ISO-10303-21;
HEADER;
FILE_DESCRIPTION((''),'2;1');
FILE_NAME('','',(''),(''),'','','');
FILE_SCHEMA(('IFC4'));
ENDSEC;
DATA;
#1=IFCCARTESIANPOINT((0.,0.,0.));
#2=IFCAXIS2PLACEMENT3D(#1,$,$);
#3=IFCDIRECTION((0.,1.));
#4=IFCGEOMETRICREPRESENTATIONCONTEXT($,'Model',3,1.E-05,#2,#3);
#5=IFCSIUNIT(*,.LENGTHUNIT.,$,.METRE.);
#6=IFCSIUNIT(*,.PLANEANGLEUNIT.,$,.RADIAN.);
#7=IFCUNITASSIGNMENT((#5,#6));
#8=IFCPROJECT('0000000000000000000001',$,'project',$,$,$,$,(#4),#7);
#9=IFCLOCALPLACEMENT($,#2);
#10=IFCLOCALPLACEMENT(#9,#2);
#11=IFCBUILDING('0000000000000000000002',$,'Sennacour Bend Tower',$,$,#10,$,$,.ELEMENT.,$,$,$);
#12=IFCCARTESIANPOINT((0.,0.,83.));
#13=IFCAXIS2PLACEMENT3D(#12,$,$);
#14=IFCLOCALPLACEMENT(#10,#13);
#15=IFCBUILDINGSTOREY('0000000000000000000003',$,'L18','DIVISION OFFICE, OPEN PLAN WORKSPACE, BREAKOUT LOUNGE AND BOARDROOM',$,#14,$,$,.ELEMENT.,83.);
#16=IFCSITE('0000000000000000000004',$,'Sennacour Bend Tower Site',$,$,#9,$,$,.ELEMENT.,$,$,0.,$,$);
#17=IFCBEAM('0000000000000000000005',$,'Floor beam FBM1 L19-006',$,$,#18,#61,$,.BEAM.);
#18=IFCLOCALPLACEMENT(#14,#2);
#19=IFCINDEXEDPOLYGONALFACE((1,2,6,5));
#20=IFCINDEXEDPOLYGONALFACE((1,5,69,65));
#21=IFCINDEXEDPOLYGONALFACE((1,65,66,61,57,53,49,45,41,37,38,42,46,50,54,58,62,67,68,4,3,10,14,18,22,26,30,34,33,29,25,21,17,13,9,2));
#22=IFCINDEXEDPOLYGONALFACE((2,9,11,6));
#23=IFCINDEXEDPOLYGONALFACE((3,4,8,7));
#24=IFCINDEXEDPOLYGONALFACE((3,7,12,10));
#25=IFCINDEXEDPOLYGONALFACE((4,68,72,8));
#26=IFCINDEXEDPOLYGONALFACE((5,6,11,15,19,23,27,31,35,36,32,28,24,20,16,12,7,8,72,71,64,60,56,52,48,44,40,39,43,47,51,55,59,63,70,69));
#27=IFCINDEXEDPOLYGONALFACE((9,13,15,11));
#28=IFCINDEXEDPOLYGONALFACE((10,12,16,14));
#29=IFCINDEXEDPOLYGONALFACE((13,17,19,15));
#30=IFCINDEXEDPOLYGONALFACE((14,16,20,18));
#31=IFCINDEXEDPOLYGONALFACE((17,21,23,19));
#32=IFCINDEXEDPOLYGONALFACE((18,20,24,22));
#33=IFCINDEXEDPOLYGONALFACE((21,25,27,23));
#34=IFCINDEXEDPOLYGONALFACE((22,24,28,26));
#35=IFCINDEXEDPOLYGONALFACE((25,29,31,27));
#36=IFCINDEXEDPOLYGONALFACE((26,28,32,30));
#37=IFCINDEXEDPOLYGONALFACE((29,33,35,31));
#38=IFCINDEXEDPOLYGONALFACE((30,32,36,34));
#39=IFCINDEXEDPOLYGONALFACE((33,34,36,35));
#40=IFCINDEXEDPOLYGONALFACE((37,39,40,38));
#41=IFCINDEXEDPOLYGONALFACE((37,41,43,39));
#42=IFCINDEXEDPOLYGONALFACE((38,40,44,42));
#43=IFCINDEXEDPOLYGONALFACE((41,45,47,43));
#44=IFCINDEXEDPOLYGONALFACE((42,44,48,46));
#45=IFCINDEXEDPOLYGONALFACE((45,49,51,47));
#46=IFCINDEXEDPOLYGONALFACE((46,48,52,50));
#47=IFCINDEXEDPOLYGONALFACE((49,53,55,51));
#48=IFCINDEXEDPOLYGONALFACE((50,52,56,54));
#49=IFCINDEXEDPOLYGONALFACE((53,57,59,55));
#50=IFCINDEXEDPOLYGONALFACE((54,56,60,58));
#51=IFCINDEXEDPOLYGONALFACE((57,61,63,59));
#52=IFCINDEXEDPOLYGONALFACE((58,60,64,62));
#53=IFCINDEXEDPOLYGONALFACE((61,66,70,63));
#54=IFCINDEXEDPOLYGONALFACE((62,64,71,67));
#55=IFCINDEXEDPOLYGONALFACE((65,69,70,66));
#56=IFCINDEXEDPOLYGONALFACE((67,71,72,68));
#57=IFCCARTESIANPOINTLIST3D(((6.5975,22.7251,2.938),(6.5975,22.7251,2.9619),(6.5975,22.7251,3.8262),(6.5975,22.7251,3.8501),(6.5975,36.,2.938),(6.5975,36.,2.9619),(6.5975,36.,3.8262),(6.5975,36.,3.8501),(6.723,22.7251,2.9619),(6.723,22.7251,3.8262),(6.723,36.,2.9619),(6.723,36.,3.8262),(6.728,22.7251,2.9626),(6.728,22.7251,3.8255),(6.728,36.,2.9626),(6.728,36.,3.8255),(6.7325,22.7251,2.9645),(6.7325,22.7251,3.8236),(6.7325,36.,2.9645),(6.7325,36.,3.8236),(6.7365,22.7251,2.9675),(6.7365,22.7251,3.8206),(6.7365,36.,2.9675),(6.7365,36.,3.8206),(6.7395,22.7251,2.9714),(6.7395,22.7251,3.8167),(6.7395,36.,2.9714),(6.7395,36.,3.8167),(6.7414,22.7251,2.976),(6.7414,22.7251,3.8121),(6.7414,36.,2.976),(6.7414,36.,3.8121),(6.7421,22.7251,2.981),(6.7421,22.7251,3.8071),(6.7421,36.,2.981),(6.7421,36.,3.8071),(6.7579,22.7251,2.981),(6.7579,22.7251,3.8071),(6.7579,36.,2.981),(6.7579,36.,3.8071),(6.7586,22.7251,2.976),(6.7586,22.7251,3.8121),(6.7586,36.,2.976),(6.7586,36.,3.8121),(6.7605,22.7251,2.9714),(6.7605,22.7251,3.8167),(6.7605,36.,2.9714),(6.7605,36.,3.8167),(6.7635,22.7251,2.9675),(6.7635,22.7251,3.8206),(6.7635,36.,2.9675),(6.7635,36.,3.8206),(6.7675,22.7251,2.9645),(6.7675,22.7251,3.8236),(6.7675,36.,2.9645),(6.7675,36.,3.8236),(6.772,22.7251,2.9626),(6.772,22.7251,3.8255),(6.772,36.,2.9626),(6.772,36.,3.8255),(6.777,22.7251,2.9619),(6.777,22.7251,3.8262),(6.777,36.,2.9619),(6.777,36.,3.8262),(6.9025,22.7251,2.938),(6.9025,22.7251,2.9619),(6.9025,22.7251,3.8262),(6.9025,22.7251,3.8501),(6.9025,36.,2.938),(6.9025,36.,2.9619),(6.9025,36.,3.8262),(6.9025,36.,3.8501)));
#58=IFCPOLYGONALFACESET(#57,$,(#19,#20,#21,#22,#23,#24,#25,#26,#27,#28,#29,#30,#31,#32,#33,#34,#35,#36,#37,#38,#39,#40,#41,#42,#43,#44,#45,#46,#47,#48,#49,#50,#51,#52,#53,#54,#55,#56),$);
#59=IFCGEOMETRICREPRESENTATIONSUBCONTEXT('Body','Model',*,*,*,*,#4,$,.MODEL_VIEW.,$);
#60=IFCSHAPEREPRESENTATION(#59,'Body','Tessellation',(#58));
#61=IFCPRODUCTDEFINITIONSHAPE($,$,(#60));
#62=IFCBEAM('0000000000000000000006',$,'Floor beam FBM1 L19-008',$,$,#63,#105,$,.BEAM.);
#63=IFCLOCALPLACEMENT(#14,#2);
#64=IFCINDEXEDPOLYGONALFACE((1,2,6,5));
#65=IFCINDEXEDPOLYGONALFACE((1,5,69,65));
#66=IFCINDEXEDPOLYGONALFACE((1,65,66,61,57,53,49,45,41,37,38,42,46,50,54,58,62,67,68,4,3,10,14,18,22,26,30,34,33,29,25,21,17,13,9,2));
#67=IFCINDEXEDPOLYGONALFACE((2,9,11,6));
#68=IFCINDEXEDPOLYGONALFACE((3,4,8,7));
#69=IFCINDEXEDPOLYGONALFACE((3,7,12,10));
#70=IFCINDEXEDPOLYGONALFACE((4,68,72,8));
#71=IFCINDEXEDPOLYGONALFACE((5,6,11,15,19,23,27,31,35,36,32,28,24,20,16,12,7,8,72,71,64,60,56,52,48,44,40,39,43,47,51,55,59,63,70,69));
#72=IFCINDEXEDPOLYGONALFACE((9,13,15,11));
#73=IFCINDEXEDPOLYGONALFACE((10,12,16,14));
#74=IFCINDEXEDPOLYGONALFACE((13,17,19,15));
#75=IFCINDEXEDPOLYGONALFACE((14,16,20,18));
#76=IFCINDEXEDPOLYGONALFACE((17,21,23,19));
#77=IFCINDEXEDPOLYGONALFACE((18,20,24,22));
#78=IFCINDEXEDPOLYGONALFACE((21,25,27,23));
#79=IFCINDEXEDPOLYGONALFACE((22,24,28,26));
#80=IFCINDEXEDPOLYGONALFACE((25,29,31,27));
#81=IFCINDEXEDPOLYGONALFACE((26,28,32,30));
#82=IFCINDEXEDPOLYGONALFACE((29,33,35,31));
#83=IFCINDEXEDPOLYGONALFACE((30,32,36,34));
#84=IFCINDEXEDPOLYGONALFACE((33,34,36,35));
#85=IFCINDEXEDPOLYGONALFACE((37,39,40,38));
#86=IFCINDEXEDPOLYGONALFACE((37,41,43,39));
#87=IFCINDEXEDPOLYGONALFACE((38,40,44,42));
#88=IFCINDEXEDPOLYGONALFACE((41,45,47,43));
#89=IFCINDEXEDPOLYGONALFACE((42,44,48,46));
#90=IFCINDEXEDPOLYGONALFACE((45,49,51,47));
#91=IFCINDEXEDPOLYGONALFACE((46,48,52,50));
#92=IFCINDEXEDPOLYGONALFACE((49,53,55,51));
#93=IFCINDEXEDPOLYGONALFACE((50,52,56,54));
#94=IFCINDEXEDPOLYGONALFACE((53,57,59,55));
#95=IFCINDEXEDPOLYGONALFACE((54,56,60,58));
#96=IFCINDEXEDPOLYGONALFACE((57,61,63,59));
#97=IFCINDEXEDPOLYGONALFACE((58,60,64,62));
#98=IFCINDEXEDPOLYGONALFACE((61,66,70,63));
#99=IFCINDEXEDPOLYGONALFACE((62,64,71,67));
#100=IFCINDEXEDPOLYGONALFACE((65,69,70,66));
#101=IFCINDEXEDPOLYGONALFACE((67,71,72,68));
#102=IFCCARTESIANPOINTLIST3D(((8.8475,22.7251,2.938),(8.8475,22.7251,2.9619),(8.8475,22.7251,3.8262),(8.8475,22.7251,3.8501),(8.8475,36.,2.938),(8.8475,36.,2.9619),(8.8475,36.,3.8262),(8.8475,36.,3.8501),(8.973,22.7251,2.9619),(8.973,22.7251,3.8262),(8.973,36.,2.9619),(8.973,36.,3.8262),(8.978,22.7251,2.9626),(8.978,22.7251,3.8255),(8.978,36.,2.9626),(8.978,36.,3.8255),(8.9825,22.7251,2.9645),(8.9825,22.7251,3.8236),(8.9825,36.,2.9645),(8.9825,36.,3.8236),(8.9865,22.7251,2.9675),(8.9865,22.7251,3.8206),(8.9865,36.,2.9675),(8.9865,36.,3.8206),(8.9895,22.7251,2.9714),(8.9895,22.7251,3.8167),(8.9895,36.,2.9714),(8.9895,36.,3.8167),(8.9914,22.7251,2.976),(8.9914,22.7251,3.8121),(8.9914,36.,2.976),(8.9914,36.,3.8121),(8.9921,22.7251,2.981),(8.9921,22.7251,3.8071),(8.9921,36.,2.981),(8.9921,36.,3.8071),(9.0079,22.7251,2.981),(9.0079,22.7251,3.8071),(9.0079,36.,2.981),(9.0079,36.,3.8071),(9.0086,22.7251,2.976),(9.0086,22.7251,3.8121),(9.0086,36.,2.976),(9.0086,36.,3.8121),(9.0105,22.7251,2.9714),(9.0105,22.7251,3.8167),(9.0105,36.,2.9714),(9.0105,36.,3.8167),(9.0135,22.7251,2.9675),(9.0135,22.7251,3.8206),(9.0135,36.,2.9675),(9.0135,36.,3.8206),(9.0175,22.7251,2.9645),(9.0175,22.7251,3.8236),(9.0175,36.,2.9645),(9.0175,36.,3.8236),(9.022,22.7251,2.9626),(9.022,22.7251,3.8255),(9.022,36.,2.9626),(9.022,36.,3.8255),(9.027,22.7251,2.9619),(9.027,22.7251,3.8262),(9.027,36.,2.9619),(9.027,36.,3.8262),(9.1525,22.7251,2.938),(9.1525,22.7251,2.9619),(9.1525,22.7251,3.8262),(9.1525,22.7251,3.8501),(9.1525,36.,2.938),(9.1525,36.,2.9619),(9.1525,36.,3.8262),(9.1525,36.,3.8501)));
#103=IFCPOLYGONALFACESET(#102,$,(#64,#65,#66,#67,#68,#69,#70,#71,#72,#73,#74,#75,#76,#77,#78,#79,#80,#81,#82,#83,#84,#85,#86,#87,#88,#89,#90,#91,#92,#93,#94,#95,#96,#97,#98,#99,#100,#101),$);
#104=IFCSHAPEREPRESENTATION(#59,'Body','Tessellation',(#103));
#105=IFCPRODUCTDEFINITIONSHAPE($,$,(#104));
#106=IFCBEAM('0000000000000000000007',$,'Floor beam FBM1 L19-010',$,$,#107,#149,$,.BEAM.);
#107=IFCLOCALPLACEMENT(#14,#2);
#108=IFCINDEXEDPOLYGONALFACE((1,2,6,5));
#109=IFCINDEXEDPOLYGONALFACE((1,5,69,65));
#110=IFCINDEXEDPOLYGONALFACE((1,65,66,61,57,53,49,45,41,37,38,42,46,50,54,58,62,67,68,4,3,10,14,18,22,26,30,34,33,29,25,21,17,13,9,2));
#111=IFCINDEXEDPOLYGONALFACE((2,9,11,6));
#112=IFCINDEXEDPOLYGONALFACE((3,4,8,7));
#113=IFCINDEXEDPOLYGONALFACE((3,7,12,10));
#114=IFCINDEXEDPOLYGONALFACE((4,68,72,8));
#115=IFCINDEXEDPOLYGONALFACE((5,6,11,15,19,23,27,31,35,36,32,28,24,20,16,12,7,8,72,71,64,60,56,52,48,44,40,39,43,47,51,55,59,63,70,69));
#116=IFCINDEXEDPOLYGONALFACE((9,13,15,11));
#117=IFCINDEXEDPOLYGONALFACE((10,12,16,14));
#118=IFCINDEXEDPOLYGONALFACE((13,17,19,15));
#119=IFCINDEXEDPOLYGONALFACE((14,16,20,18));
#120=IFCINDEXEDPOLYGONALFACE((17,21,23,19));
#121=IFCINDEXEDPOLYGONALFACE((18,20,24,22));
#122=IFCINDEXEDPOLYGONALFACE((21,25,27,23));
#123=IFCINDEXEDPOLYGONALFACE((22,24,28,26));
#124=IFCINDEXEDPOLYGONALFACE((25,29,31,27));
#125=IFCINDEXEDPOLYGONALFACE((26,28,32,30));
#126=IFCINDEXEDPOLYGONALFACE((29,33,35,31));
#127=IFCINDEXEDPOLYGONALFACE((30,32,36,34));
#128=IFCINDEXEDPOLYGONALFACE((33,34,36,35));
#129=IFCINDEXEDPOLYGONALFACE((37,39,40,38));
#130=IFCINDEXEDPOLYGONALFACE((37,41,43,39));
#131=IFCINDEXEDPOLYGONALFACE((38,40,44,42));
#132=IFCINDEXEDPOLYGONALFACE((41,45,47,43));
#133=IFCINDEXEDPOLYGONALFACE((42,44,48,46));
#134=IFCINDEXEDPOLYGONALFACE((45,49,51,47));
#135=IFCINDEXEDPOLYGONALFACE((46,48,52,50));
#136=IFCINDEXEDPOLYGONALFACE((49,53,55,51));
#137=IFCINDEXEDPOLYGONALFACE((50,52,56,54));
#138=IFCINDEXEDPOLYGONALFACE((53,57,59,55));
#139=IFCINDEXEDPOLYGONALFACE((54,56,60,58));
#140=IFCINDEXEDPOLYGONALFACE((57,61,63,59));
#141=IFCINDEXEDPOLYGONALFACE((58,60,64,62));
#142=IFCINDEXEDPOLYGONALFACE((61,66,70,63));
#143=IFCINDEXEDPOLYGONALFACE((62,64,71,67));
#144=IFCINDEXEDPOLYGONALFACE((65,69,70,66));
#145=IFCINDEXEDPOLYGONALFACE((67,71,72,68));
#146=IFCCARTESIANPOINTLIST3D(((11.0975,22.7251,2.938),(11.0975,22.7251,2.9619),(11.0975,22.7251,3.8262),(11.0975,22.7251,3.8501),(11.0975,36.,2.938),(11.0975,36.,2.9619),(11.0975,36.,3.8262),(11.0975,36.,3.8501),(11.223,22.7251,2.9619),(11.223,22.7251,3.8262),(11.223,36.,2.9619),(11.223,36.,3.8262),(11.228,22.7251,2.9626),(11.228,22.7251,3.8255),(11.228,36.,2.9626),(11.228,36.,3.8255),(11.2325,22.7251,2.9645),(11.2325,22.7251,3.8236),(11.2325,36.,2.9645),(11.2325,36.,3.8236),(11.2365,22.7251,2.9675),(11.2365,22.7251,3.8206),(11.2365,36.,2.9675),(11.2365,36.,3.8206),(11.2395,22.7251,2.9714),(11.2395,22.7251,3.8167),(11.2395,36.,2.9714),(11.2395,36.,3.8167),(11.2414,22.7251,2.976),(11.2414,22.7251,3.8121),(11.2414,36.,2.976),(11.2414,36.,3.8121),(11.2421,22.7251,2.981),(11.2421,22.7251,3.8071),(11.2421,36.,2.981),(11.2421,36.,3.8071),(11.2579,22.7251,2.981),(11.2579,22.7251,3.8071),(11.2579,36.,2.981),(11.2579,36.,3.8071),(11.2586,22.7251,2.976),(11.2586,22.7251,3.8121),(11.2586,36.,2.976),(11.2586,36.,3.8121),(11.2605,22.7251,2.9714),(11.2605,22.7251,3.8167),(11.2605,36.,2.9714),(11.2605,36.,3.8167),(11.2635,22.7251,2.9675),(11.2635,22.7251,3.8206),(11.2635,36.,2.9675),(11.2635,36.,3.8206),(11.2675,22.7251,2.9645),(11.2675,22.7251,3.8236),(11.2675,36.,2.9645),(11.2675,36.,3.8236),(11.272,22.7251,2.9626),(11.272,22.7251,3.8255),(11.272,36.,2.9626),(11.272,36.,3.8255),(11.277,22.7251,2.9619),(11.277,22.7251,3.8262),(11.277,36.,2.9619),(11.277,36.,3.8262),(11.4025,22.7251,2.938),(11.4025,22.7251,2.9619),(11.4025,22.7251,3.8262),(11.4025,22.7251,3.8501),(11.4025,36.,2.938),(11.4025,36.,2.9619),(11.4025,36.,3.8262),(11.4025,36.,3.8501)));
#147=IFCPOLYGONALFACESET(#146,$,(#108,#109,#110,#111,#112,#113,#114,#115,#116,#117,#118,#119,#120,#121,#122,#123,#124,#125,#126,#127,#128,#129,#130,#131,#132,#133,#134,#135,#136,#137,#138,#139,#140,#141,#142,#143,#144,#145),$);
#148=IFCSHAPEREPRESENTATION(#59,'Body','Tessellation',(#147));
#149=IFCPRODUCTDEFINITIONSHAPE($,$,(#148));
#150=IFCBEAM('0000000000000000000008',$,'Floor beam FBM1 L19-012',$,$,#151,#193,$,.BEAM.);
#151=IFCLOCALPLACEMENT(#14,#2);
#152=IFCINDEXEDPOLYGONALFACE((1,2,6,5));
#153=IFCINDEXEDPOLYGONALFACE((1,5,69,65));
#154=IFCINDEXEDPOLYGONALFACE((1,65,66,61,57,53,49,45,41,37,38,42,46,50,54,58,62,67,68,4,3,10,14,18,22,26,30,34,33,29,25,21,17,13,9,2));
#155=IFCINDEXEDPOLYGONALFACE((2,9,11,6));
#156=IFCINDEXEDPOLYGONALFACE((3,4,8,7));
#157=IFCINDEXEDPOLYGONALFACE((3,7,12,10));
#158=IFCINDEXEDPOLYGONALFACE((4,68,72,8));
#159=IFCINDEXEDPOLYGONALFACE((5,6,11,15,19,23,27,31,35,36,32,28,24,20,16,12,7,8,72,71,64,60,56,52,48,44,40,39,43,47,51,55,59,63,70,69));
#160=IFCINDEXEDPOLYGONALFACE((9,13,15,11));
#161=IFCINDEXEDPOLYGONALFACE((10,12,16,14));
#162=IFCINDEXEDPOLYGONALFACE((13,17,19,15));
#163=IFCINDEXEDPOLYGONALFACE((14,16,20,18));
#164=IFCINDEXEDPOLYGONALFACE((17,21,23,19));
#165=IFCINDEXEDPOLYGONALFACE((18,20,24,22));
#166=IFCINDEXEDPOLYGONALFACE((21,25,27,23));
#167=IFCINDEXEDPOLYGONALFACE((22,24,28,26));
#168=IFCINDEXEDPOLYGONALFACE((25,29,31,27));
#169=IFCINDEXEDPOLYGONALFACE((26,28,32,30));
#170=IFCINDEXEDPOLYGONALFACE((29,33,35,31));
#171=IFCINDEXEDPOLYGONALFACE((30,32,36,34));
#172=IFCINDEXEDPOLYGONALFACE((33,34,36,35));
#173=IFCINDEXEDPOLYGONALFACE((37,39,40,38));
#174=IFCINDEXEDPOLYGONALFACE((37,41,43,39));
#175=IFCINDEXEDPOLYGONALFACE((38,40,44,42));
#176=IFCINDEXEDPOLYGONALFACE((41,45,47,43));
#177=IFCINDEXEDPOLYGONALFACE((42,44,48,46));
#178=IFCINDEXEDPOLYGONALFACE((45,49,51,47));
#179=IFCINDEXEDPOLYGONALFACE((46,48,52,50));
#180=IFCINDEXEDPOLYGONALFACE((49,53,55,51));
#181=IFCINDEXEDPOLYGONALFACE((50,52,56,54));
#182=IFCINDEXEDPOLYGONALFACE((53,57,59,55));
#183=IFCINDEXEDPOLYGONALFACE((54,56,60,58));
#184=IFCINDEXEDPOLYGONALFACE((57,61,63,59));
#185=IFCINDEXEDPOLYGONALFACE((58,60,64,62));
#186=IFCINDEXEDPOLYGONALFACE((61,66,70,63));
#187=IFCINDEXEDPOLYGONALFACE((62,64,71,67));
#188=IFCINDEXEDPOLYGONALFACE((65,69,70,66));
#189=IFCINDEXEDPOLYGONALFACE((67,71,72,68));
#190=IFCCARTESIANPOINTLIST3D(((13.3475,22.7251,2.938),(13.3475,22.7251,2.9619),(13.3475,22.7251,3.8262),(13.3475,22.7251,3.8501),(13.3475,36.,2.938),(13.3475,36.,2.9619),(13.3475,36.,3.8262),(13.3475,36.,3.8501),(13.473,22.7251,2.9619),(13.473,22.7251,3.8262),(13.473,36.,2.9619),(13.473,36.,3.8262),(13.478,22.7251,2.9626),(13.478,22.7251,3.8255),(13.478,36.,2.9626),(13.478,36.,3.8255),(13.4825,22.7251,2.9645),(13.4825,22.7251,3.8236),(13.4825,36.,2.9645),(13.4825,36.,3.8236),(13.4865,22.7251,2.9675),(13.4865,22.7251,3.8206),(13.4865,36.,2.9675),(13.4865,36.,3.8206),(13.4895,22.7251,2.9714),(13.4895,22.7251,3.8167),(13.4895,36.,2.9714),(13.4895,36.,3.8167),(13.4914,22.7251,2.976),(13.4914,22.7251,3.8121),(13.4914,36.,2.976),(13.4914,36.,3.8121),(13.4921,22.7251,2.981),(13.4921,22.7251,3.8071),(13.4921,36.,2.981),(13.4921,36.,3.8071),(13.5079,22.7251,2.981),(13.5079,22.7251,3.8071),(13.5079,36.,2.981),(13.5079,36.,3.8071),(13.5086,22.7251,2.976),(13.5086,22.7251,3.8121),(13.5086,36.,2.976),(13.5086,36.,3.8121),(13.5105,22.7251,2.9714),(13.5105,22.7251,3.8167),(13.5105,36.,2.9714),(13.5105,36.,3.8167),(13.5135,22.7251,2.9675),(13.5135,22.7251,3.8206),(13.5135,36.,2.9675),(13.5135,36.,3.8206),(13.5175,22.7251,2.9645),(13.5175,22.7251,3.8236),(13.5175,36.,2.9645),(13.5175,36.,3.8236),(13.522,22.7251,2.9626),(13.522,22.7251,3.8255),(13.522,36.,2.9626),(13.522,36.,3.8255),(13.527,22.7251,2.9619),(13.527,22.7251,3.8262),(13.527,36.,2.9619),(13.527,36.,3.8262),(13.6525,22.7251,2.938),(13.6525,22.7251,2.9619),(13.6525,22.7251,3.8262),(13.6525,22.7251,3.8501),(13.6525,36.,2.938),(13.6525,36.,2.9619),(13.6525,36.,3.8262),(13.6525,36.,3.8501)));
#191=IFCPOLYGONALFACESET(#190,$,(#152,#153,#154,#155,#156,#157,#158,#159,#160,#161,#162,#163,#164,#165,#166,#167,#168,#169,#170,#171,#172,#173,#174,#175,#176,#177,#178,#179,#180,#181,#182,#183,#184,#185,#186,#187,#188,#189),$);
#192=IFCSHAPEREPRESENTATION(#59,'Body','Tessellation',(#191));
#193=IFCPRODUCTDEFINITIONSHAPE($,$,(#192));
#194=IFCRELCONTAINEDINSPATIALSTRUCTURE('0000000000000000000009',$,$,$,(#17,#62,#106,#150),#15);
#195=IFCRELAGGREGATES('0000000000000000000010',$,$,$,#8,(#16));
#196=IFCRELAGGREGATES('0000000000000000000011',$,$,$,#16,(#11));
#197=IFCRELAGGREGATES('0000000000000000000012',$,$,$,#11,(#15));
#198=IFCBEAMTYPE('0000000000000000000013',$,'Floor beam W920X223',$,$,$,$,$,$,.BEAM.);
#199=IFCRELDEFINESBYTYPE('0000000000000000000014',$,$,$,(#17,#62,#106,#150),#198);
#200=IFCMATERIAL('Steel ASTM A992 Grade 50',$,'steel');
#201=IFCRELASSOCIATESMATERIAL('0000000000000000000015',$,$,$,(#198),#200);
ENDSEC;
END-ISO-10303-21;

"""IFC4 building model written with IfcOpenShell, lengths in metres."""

from ifc_helpers import new_model, si_unit, direction, frame, origin, origin_2d, place, context, subcontext, project, spatial, i_section, extrude, material, material_profile, profile_set, type_object, element, save


model = new_model("IFC4")

# Units and contexts
model_context = context("Model", 3, precision=1e-05, world=origin(), true_north=direction((0.0, 1.0)))
body_context = subcontext(model_context, "Body", "Model", "MODEL_VIEW")
ifc_project = project(units=[si_unit("LENGTHUNIT", "METRE"), si_unit("PLANEANGLEUNIT", "RADIAN")], contexts=[model_context])

# Site, building, storey
site_placement = place(None, origin())
site = spatial("IfcSite", under=ifc_project, at=site_placement, Name="Sennacour Bend Tower Site", CompositionType="ELEMENT", RefElevation=0.0)
building_placement = place(site_placement, origin())
building = spatial("IfcBuilding", under=site, at=building_placement, Name="Sennacour Bend Tower", CompositionType="ELEMENT")
storey_placement = place(building_placement, frame((0.0, 0.0, 83.0)))
storey = spatial("IfcBuildingStorey", under=building, at=storey_placement, Name="L18", Description="DIVISION OFFICE, OPEN PLAN WORKSPACE, BREAKOUT LOUNGE AND BOARDROOM", CompositionType="ELEMENT", Elevation=83.0)

# Beams
ifc_material_1 = material(Name="Steel ASTM A992 Grade 50", Category="steel")
ifc_material_profile = material_profile(ifc_material_1, i_section(OverallWidth=0.3049, OverallDepth=0.9121, WebThickness=0.0159, FlangeThickness=0.0239, FilletRadius=0.019, at=origin_2d()), Name="Steel ASTM A992 Grade 50", Category="steel")
ifc_profile_set = profile_set([ifc_material_profile], Name="Steel ASTM A992 Grade 50")
beam_type = type_object("IfcBeamType", Name="Floor beam W920X223", PredefinedType="BEAM", material=ifc_profile_set)
for number, where, z_axis, x_axis, name in (
    (1, (6.75, 22.7251, 3.394), (0.0, 1.0, 0.0), (-1.0, 0.0, 0.0), "Floor beam FBM1 L19-006"),
    (2, (9.0, 22.7251, 3.394), (0.0, 1.0, 0.0), (-1.0, 0.0, 0.0), "Floor beam FBM1 L19-008"),
    (3, (11.25, 22.7251, 3.394), (0.0, 1.0, 0.0), (-1.0, 0.0, 0.0), "Floor beam FBM1 L19-010"),
    (4, (13.5, 22.7251, 3.394), (0.0, 1.0, 0.0), (-1.0, 0.0, 0.0), "Floor beam FBM1 L19-012"),
):
    element("IfcBeam", number, at=place(storey_placement, frame(where, z_axis=z_axis, x_axis=x_axis)), inside=storey, type_object=beam_type, Name=name, PredefinedType="BEAM", context=body_context, shape_type="SweptSolid", body=[
        extrude(i_section(OverallWidth=0.3049, OverallDepth=0.9121, WebThickness=0.0159, FlangeThickness=0.0239, FilletRadius=0.019, at=origin_2d()), origin(), (0.0, 0.0, 1.0), 13.2749),
    ])

save(model, "model.ifc")
